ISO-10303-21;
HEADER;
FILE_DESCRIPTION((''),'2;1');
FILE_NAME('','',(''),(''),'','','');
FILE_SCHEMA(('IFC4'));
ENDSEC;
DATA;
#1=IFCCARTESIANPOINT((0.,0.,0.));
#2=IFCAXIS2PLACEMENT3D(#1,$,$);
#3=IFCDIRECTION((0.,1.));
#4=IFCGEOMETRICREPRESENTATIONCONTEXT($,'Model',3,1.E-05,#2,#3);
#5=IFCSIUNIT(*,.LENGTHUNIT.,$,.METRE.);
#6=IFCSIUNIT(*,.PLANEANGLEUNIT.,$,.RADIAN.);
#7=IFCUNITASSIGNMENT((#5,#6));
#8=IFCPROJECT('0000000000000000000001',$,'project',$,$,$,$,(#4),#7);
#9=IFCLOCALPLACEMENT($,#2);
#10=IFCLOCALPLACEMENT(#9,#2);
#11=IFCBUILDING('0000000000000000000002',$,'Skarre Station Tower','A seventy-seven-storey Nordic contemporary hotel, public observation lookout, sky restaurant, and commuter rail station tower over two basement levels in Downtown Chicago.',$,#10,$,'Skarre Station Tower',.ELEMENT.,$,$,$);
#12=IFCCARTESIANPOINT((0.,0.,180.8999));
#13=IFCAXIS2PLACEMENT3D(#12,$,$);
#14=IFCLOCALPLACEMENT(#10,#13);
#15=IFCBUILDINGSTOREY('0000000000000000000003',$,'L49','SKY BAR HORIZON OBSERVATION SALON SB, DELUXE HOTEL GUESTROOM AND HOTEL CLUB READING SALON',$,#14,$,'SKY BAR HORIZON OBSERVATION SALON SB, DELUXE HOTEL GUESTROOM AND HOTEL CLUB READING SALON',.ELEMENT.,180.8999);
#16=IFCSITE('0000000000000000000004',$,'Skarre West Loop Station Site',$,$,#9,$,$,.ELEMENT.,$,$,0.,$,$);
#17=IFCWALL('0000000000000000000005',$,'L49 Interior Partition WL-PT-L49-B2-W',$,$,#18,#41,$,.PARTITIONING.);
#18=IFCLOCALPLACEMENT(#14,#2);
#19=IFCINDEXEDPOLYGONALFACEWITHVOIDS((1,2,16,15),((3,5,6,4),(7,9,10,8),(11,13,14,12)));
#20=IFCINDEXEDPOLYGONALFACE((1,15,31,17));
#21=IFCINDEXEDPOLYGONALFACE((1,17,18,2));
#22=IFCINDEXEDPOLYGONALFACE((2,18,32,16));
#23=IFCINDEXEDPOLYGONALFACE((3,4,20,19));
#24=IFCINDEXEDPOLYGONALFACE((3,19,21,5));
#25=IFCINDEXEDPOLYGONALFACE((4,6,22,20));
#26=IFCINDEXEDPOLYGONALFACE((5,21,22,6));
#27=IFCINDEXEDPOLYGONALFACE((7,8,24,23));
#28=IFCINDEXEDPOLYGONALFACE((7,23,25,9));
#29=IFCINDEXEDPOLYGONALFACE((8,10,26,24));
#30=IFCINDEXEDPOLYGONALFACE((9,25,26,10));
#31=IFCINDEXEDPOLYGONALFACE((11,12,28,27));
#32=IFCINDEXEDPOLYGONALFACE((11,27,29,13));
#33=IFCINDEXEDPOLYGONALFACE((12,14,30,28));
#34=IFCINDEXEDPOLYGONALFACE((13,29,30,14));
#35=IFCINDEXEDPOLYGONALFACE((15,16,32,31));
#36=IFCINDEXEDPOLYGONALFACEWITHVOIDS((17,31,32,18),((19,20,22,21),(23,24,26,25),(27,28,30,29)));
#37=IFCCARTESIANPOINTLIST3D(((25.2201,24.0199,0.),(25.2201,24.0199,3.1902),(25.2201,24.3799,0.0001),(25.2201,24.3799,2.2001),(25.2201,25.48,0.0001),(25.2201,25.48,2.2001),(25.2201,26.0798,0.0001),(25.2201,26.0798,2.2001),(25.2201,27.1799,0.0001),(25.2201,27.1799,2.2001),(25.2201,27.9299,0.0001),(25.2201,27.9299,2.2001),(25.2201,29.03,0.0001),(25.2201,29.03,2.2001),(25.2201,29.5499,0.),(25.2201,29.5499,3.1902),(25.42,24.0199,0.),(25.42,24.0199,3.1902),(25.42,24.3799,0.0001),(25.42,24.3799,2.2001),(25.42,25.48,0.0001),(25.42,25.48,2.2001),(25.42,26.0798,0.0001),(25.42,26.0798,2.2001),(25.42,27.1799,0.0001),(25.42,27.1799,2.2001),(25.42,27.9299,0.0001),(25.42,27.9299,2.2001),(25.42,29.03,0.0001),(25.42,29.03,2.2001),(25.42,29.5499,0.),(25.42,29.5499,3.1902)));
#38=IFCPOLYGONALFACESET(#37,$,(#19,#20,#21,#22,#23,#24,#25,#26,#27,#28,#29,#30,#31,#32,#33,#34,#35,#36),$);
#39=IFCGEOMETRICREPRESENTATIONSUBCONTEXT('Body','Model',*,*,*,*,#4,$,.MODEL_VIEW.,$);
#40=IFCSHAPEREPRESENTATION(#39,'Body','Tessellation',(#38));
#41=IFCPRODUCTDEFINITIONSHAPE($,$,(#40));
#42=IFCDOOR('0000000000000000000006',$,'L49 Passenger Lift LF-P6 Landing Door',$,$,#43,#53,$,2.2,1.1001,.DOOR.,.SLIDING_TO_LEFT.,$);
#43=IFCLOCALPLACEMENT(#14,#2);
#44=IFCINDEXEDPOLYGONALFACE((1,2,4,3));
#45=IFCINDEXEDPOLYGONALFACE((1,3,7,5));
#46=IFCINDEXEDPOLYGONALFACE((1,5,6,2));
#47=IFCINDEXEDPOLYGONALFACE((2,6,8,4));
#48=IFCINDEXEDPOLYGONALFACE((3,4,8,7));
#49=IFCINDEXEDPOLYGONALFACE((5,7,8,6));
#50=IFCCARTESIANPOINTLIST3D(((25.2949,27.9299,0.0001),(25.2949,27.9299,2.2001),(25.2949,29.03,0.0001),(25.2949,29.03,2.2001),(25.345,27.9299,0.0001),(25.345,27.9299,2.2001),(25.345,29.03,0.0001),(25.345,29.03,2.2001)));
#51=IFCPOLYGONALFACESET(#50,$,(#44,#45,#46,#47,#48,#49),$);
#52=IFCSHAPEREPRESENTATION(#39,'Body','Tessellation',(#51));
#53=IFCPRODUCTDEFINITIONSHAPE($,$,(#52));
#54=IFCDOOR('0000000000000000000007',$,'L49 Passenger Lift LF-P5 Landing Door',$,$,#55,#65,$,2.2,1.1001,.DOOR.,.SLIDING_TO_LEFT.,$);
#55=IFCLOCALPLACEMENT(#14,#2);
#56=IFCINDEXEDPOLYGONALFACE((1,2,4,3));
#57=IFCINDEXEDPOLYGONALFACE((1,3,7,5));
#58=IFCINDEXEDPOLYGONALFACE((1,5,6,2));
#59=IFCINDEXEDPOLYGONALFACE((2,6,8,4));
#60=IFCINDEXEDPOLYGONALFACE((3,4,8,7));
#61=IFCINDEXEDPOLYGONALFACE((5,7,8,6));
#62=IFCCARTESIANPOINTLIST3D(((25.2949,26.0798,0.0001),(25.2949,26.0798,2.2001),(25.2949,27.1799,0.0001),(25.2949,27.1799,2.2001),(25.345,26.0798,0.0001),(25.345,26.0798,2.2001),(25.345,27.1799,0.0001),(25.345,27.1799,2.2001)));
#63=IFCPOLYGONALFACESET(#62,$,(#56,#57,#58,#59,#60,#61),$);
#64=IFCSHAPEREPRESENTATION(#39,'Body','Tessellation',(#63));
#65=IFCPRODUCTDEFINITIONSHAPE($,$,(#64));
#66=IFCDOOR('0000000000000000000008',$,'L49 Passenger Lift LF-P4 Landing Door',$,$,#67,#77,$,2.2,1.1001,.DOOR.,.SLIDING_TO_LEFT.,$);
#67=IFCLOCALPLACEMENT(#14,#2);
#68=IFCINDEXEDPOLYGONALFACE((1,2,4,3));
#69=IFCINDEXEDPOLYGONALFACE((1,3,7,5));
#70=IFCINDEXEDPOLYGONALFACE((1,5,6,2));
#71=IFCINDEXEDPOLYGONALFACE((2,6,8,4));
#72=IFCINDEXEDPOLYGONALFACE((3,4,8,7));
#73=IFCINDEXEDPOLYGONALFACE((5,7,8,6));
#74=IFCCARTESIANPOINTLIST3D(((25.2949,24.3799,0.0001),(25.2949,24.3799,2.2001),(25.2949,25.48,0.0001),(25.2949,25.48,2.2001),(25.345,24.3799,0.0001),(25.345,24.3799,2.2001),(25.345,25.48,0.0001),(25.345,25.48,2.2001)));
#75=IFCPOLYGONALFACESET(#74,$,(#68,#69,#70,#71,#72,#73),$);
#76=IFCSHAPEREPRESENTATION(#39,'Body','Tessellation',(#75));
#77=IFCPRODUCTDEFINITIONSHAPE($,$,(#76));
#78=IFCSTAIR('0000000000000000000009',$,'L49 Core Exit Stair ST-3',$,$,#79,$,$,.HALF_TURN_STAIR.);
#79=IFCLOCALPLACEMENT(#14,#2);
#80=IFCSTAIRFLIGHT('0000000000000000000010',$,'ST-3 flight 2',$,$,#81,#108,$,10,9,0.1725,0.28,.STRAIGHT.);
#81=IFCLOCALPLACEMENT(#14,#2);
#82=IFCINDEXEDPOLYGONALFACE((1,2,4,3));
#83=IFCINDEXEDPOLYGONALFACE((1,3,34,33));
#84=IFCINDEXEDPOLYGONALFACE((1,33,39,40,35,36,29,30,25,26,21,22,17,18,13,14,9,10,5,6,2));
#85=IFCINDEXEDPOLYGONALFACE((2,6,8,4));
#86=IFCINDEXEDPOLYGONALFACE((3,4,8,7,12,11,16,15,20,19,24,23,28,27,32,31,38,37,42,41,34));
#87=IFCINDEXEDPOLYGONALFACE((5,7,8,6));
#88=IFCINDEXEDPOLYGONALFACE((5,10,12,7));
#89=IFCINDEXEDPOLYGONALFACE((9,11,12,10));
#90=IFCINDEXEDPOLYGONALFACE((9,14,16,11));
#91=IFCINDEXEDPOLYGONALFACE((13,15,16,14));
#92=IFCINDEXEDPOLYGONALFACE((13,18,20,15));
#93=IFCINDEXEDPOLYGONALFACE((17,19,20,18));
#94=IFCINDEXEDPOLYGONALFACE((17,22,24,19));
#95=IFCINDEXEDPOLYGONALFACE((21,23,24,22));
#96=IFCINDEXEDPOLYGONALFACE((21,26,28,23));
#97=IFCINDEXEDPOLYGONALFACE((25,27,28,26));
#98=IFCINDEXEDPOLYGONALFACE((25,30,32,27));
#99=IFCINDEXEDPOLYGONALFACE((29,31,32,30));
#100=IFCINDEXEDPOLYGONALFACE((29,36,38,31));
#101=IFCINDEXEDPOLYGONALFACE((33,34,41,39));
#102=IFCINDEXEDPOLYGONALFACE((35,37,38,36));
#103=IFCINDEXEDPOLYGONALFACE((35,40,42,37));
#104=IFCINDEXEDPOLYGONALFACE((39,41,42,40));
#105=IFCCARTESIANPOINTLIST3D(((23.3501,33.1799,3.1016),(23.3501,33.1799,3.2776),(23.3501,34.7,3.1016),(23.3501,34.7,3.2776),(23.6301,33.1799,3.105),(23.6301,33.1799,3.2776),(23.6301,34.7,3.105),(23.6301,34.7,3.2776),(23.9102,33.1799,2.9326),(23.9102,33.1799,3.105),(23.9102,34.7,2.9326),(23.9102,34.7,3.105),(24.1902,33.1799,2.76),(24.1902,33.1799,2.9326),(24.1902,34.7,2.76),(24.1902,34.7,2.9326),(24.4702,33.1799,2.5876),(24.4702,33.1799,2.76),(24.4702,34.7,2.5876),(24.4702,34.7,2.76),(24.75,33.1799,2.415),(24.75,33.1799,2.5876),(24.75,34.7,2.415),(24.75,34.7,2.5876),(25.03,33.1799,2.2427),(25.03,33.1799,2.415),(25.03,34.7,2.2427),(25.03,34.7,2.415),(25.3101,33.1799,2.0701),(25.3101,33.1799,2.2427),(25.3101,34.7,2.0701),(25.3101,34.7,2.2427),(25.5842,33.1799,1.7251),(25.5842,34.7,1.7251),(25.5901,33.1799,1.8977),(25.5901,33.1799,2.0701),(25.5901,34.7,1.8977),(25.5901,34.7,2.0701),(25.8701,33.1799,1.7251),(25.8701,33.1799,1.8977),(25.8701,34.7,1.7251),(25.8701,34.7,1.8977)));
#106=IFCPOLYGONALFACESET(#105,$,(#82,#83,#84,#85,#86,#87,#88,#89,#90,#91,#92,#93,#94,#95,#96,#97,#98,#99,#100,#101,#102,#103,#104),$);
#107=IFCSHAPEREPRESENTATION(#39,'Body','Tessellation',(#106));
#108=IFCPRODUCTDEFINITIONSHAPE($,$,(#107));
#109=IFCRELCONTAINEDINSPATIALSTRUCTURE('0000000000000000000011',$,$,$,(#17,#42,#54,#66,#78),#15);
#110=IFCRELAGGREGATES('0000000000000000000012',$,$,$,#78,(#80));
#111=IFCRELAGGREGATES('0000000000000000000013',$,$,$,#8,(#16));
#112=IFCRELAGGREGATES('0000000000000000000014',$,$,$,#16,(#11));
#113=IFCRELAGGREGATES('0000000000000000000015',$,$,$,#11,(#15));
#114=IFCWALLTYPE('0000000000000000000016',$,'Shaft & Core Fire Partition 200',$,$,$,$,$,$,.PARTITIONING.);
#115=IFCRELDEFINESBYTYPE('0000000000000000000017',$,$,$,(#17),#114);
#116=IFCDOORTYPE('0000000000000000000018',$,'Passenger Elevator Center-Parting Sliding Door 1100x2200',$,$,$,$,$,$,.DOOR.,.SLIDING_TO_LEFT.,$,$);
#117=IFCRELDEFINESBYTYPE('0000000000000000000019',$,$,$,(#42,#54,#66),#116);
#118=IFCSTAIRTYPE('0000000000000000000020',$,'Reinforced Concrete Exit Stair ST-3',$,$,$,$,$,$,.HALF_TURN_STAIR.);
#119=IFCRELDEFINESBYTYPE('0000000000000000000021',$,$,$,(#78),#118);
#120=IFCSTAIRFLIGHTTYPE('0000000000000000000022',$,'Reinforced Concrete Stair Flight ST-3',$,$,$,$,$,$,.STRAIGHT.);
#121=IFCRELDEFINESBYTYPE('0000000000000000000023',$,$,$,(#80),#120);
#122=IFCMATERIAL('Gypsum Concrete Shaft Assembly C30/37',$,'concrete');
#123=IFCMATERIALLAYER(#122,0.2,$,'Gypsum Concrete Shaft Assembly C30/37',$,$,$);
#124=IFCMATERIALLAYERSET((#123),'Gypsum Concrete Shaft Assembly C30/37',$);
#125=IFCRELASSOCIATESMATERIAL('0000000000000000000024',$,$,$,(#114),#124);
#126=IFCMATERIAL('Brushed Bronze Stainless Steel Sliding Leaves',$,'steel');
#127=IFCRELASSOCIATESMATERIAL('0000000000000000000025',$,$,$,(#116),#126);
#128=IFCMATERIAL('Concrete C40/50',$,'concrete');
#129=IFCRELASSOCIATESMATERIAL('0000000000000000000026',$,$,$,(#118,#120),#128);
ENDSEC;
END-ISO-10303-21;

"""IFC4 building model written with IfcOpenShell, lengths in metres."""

from ifc_helpers import new_model, si_unit, direction, frame, frame_2d, origin, place, context, subcontext, project, spatial, polyline, rectangle, outline, extrude, material, layer, layer_set, type_object, element, fill, aggregate, save


model = new_model("IFC4")

# Units and contexts
model_context = context("Model", 3, precision=1e-05, world=origin(), true_north=direction((0.0, 1.0)))
body_context = subcontext(model_context, "Body", "Model", "MODEL_VIEW")
ifc_project = project(units=[si_unit("LENGTHUNIT", "METRE"), si_unit("PLANEANGLEUNIT", "RADIAN")], contexts=[model_context])

# Site, building, storey
site_placement = place(None, origin())
site = spatial("IfcSite", under=ifc_project, at=site_placement, Name="Skarre West Loop Station Site", CompositionType="ELEMENT", RefElevation=0.0)
building_placement = place(site_placement, origin())
building = spatial("IfcBuilding", under=site, at=building_placement, Name="Skarre Station Tower", Description="A seventy-seven-storey Nordic contemporary hotel, public observation lookout, sky restaurant, and commuter rail station tower over two basement levels in Downtown Chicago.", LongName="Skarre Station Tower", CompositionType="ELEMENT")
storey_placement = place(building_placement, frame((0.0, 0.0, 180.8999)))
storey = spatial("IfcBuildingStorey", under=building, at=storey_placement, Name="L49", Description="SKY BAR HORIZON OBSERVATION SALON SB, DELUXE HOTEL GUESTROOM AND HOTEL CLUB READING SALON", LongName="SKY BAR HORIZON OBSERVATION SALON SB, DELUXE HOTEL GUESTROOM AND HOTEL CLUB READING SALON", CompositionType="ELEMENT", Elevation=180.8999)

# Shared definitions
ifc_material_1 = material(Name="Gypsum Concrete Shaft Assembly C30/37", Category="concrete")
ifc_layer_1 = layer(ifc_material_1, 0.2, Name="Gypsum Concrete Shaft Assembly C30/37")
ifc_layer_set_1 = layer_set([ifc_layer_1], Name="Gypsum Concrete Shaft Assembly C30/37")
wall_type_1 = type_object("IfcWallType", Name="Shaft & Core Fire Partition 200", PredefinedType="PARTITIONING", material=ifc_layer_set_1)

# Wall, openings, doors
wall_1_placement = place(storey_placement, frame((25.3201, 29.55, 0.0), z_axis=(0.0, 0.0, 1.0), x_axis=(0.0, -1.0, 0.0)))
wall_1 = element("IfcWall", 1, at=wall_1_placement, inside=storey, type_object=wall_type_1, Name="L49 Interior Partition WL-PT-L49-B2-W", PredefinedType="PARTITIONING", context=body_context, shape_type="SweptSolid", body=[
    extrude(rectangle(XDim=5.53, YDim=0.2, at=frame_2d((2.7651, 0.0))), origin(), (0.0, 0.0, 1.0), 3.1902),
])
opening_1_placement = place(wall_1_placement, frame((0.52, 0.0, 0.0)))
opening_1 = element("IfcOpeningElement", 2, at=opening_1_placement, cuts=wall_1, PredefinedType="OPENING", context=body_context, shape_type="SweptSolid", body=[
    extrude(rectangle(XDim=1.1001, YDim=2.2, at=frame_2d((0.55, 1.1001))), frame((0.0, 0.1099, 0.0), z_axis=(0.0, -1.0, 0.0), x_axis=(1.0, 0.0, 0.0)), (0.0, 0.0, 1.0), 0.22),
])
opening_2_placement = place(wall_1_placement, frame((2.3701, 0.0, 0.0)))
opening_2 = element("IfcOpeningElement", 3, at=opening_2_placement, cuts=wall_1, PredefinedType="OPENING", context=body_context, shape_type="SweptSolid", body=[
    extrude(rectangle(XDim=1.1001, YDim=2.2, at=frame_2d((0.55, 1.1001))), frame((0.0, 0.1099, 0.0), z_axis=(0.0, -1.0, 0.0), x_axis=(1.0, 0.0, 0.0)), (0.0, 0.0, 1.0), 0.22),
])
opening_3_placement = place(wall_1_placement, frame((4.0701, 0.0, 0.0)))
opening_3 = element("IfcOpeningElement", 4, at=opening_3_placement, cuts=wall_1, PredefinedType="OPENING", context=body_context, shape_type="SweptSolid", body=[
    extrude(rectangle(XDim=1.1001, YDim=2.2, at=frame_2d((0.55, 1.1001))), frame((0.0, 0.1099, 0.0), z_axis=(0.0, -1.0, 0.0), x_axis=(1.0, 0.0, 0.0)), (0.0, 0.0, 1.0), 0.22),
])
ifc_material_2 = material(Name="Brushed Bronze Stainless Steel Sliding Leaves", Category="steel")
door_type_1 = type_object("IfcDoorType", Name="Passenger Elevator Center-Parting Sliding Door 1100x2200", OperationType="SLIDING_TO_LEFT", PredefinedType="DOOR", material=ifc_material_2)
door_1_placement = place(opening_1_placement, origin())
door_1 = element("IfcDoor", 5, at=door_1_placement, inside=storey, type_object=door_type_1, Name="L49 Passenger Lift LF-P6 Landing Door", OperationType="SLIDING_TO_LEFT", OverallHeight=2.2, OverallWidth=1.1001, PredefinedType="DOOR", context=body_context, shape_type="SweptSolid", body=[
    extrude(rectangle(XDim=1.1001, YDim=2.2, at=frame_2d((0.55, 1.1001))), frame((0.0, 0.0249, 0.0), z_axis=(0.0, -1.0, 0.0), x_axis=(1.0, 0.0, 0.0)), (0.0, 0.0, 1.0), 0.05),
])
fill(opening_1, door_1)
door_2_placement = place(opening_2_placement, origin())
door_2 = element("IfcDoor", 6, at=door_2_placement, inside=storey, type_object=door_type_1, Name="L49 Passenger Lift LF-P5 Landing Door", OperationType="SLIDING_TO_LEFT", OverallHeight=2.2, OverallWidth=1.1001, PredefinedType="DOOR", context=body_context, shape_type="SweptSolid", body=[
    extrude(rectangle(XDim=1.1001, YDim=2.2, at=frame_2d((0.55, 1.1001))), frame((0.0, 0.0249, 0.0), z_axis=(0.0, -1.0, 0.0), x_axis=(1.0, 0.0, 0.0)), (0.0, 0.0, 1.0), 0.05),
])
fill(opening_2, door_2)
door_3_placement = place(opening_3_placement, origin())
door_3 = element("IfcDoor", 7, at=door_3_placement, inside=storey, type_object=door_type_1, Name="L49 Passenger Lift LF-P4 Landing Door", OperationType="SLIDING_TO_LEFT", OverallHeight=2.2, OverallWidth=1.1001, PredefinedType="DOOR", context=body_context, shape_type="SweptSolid", body=[
    extrude(rectangle(XDim=1.1001, YDim=2.2, at=frame_2d((0.55, 1.1001))), frame((0.0, 0.0249, 0.0), z_axis=(0.0, -1.0, 0.0), x_axis=(1.0, 0.0, 0.0)), (0.0, 0.0, 1.0), 0.05),
])
fill(opening_3, door_3)

# Stair, stair flight
ifc_material_3 = material(Name="Concrete C40/50", Category="concrete")
stair_type = type_object("IfcStairType", Name="Reinforced Concrete Exit Stair ST-3", PredefinedType="HALF_TURN_STAIR", material=ifc_material_3)
stair_placement = place(storey_placement, origin())
stair = element("IfcStair", 8, at=stair_placement, inside=storey, type_object=stair_type, Name="L49 Core Exit Stair ST-3", PredefinedType="HALF_TURN_STAIR")
stair_flight_type = type_object("IfcStairFlightType", Name="Reinforced Concrete Stair Flight ST-3", PredefinedType="STRAIGHT", material=ifc_material_3)
stair_flight_placement = place(storey_placement, frame((25.8701, 33.9399, 1.7251), z_axis=(0.0, 0.0, 1.0), x_axis=(-1.0, 0.0, 0.0)))
stair_flight = element("IfcStairFlight", 9, at=stair_flight_placement, type_object=stair_flight_type, Name="ST-3 flight 2", NumberOfRisers=10, NumberOfTreads=9, PredefinedType="STRAIGHT", RiserHeight=0.1725, TreadLength=0.28, context=body_context, shape_type="SweptSolid", body=[
    extrude(outline(polyline([(0.0, 0.0), (0.0, 0.1726), (0.28, 0.1726), (0.28, 0.345), (0.5601, 0.345), (0.5601, 0.5176), (0.8401, 0.5176), (0.8401, 0.6899), (1.1201, 0.6899), (1.1201, 0.8625), (1.3999, 0.8625), (1.3999, 1.0349), (1.6799, 1.0349), (1.6799, 1.2075), (1.96, 1.2075), (1.96, 1.3799), (2.24, 1.3799), (2.24, 1.5525), (2.52, 1.5525), (2.52, 1.7251), (2.52, 1.3765), (0.2859, 0.0), (0.0, 0.0)])), frame((0.0, 0.76, 0.0), z_axis=(0.0, -1.0, 0.0), x_axis=(1.0, 0.0, 0.0)), (0.0, 0.0, 1.0), 1.52),
])
aggregate(stair, [stair_flight])

save(model, "model.ifc")
